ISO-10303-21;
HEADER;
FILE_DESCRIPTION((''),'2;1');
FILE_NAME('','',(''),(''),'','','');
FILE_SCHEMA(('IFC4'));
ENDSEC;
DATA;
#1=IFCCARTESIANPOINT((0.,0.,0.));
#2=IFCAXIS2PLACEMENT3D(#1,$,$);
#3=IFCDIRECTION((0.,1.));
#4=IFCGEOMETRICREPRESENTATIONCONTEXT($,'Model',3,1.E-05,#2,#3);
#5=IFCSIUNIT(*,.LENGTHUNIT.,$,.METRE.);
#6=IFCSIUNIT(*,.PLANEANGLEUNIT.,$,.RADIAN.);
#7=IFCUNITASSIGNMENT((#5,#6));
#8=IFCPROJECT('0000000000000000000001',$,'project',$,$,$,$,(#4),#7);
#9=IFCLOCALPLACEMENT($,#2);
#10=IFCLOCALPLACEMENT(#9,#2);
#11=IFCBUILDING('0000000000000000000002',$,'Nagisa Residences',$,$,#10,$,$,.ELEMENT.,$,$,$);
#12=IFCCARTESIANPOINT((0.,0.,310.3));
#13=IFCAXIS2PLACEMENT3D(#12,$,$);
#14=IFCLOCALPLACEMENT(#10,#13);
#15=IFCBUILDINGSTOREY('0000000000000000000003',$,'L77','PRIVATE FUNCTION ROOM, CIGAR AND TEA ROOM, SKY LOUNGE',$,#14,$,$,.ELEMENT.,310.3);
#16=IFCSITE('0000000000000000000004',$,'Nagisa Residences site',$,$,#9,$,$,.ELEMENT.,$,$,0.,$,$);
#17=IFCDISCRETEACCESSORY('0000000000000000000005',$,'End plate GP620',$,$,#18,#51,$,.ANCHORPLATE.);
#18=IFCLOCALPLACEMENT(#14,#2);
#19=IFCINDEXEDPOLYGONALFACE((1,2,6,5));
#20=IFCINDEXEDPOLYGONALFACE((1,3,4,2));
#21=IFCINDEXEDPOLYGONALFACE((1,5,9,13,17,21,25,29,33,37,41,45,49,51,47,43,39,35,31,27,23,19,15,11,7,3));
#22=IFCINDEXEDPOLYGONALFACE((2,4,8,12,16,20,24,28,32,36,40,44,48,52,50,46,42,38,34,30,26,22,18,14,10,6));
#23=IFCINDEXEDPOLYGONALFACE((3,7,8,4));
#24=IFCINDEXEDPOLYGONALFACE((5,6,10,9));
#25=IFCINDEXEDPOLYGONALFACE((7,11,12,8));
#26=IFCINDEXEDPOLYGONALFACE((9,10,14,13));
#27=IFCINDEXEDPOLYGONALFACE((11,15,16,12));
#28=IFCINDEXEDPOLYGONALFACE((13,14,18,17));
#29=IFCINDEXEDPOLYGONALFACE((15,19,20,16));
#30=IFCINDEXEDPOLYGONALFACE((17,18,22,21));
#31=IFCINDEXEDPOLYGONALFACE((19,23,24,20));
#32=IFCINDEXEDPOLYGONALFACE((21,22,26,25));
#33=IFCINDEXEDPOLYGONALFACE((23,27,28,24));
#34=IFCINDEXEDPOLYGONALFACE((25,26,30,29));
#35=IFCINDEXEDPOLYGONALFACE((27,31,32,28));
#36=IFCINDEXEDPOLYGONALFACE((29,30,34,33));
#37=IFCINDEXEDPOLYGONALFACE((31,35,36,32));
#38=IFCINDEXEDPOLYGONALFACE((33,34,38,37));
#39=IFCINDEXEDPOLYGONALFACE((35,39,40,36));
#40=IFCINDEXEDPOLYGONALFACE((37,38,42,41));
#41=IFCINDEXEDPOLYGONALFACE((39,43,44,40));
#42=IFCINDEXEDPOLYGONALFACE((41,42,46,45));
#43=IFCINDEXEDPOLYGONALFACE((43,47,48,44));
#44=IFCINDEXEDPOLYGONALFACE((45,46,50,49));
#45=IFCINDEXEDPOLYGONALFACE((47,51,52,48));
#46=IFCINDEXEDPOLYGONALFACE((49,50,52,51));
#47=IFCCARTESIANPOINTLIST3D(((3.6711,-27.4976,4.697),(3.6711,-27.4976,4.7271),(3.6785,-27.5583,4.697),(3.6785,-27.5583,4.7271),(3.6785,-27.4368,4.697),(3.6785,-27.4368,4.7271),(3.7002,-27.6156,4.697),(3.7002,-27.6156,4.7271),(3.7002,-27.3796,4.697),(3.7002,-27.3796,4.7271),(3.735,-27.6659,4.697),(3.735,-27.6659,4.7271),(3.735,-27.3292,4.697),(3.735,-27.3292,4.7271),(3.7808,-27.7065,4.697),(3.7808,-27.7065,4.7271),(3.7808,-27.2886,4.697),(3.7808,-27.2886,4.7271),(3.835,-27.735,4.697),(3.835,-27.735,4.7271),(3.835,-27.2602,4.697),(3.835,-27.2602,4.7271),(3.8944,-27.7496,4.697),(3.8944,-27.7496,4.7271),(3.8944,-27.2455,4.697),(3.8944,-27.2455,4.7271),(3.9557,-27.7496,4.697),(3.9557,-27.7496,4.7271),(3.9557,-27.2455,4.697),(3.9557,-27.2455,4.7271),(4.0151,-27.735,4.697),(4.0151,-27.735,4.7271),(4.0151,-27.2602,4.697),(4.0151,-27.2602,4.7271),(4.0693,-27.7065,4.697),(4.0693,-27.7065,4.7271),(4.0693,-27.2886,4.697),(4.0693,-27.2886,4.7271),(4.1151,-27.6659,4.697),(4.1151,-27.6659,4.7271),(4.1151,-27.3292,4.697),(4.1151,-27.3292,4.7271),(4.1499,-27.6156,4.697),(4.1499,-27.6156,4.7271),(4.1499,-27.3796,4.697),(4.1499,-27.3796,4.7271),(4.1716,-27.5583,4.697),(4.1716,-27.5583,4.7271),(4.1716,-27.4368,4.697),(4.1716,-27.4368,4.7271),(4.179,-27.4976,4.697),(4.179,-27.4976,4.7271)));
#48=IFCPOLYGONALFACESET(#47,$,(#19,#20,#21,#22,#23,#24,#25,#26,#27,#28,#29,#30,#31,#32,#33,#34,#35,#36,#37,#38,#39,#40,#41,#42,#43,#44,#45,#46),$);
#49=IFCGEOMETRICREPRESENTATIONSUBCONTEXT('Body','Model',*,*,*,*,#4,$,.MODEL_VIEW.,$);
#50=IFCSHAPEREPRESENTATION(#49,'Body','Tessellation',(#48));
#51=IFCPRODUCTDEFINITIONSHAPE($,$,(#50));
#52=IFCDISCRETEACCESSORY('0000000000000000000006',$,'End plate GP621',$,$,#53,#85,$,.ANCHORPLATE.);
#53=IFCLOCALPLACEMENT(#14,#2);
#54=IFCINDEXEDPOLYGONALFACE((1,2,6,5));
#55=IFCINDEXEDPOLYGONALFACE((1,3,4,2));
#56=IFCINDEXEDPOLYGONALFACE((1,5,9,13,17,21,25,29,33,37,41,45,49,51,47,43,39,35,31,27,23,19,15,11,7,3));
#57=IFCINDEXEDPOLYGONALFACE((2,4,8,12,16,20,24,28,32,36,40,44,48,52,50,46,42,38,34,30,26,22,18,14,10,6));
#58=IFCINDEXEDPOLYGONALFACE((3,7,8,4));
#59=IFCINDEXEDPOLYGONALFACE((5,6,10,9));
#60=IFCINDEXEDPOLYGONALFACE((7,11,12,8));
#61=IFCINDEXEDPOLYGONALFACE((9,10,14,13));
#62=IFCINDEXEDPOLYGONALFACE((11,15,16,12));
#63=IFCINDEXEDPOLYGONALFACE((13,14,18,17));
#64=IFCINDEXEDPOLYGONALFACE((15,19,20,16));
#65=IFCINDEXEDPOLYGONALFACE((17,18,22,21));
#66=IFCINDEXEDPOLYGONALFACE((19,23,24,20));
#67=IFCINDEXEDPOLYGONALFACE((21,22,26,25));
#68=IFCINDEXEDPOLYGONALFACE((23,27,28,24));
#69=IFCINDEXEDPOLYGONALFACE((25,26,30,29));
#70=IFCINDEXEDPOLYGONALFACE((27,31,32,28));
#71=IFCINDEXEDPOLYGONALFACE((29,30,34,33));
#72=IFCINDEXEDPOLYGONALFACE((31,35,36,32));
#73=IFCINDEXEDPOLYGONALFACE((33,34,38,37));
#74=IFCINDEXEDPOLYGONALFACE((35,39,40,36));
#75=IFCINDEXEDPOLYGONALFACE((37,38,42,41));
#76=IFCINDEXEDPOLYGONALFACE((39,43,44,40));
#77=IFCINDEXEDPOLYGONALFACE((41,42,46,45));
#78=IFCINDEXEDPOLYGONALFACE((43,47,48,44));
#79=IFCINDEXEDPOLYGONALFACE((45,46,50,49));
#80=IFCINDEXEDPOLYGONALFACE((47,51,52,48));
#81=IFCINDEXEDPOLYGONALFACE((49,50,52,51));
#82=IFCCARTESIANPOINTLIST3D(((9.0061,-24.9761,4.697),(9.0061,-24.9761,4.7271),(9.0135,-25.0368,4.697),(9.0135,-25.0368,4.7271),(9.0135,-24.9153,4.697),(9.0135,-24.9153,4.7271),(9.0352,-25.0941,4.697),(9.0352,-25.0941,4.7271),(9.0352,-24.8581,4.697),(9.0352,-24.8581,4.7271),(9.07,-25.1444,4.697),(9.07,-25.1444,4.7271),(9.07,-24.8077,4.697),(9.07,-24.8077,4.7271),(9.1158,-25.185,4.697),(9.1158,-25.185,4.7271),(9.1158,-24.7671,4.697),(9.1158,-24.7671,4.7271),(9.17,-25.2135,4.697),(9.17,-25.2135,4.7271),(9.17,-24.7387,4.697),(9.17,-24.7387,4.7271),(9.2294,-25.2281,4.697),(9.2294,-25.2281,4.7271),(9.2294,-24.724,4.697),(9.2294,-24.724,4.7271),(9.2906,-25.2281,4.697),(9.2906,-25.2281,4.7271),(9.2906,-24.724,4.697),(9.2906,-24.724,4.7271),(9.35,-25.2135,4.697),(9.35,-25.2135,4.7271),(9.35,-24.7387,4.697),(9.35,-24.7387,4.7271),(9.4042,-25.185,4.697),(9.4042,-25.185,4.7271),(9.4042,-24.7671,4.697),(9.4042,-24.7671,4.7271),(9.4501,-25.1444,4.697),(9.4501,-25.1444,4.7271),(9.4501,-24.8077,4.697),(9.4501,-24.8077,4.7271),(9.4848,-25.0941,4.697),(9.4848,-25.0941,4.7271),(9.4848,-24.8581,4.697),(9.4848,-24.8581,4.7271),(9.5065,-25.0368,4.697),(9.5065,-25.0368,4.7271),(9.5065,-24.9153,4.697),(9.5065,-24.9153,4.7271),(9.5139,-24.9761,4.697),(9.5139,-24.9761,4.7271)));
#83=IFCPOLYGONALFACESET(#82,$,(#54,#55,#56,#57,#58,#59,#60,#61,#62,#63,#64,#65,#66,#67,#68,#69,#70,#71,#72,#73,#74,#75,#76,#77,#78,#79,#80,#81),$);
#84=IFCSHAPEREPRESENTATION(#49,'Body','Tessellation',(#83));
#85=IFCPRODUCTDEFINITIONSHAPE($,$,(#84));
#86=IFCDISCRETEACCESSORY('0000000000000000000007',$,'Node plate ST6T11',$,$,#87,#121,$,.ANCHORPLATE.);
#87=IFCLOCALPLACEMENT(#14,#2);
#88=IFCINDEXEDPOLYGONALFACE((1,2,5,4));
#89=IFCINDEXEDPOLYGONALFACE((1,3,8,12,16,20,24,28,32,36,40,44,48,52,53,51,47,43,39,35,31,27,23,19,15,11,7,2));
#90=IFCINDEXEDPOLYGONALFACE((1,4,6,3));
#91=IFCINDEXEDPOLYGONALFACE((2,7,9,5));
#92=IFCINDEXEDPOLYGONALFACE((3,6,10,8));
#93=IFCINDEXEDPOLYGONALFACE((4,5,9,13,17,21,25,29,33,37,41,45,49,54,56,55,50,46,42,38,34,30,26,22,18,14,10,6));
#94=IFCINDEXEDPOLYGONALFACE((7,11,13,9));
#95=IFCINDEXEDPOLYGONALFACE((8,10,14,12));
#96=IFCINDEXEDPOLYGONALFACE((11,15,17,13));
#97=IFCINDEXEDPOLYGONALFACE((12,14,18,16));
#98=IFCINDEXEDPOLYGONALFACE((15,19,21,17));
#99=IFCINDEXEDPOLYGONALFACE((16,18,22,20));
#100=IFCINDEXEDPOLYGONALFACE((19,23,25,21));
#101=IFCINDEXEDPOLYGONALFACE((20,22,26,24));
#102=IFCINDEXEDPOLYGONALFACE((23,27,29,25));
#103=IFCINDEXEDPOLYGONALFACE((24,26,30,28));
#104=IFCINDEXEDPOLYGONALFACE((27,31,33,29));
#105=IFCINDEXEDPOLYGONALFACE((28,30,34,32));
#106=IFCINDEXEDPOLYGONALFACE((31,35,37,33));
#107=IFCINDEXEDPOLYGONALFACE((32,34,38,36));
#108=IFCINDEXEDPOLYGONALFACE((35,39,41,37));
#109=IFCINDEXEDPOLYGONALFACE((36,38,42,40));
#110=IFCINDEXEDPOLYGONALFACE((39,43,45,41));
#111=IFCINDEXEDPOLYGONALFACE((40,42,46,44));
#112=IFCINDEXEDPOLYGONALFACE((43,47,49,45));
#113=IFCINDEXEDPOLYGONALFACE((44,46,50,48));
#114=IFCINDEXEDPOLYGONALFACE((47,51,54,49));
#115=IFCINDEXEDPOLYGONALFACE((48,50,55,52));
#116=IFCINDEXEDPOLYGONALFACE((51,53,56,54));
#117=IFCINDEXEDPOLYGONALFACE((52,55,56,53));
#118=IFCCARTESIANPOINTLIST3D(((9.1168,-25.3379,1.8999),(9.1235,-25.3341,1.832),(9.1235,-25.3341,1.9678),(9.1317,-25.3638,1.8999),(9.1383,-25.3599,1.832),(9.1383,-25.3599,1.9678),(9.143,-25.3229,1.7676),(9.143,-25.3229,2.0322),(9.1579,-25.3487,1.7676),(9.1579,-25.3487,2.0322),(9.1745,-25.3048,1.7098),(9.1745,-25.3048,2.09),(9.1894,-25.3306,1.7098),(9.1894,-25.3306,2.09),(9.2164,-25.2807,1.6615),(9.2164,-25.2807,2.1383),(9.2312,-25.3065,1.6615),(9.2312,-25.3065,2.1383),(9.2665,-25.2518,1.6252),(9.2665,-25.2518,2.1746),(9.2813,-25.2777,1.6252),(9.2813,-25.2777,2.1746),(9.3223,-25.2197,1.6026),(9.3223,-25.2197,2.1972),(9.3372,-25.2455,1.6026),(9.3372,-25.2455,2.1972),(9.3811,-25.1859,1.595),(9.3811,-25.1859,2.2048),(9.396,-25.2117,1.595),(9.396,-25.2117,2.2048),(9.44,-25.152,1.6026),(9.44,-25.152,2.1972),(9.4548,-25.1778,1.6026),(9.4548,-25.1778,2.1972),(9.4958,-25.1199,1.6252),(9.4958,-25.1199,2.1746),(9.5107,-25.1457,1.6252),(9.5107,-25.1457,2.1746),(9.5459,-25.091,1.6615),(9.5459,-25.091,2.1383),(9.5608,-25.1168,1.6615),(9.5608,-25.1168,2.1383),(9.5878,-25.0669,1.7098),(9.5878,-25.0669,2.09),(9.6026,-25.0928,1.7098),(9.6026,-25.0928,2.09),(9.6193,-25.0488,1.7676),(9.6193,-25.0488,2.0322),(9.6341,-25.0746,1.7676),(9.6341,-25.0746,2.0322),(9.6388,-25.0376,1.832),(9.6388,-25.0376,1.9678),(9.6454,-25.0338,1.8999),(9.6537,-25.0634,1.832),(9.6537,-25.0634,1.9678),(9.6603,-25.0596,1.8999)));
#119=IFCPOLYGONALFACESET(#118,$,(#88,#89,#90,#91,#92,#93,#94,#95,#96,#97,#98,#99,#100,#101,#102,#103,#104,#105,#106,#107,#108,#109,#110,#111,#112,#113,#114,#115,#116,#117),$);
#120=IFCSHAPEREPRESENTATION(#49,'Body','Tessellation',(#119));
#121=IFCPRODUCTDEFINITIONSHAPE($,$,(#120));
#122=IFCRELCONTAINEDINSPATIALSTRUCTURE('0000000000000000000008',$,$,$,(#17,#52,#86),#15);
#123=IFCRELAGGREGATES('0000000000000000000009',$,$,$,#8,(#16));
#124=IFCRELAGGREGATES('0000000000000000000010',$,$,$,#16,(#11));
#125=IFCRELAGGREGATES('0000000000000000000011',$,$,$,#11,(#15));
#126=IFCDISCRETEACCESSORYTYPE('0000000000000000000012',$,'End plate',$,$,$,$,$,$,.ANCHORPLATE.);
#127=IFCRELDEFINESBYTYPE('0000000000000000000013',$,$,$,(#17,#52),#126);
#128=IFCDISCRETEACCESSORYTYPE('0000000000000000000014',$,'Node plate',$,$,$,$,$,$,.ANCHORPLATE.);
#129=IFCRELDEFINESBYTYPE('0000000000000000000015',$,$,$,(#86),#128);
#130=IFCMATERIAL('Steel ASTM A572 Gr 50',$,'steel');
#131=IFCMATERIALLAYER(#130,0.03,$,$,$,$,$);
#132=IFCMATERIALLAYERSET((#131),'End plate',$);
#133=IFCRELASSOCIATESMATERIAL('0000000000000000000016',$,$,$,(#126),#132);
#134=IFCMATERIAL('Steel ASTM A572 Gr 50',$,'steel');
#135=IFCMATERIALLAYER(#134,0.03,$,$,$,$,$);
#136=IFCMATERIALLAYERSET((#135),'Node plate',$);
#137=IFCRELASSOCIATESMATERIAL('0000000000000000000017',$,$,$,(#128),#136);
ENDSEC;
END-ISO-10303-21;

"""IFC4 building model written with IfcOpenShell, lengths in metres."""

from ifc_helpers import new_model, si_unit, direction, frame, origin, origin_2d, place, context, subcontext, project, spatial, circle, extrude, material, layer, layer_set, type_object, element, save


model = new_model("IFC4")

# Units and contexts
model_context = context("Model", 3, precision=1e-05, world=origin(), true_north=direction((0.0, 1.0)))
body_context = subcontext(model_context, "Body", "Model", "MODEL_VIEW")
ifc_project = project(units=[si_unit("LENGTHUNIT", "METRE"), si_unit("PLANEANGLEUNIT", "RADIAN")], contexts=[model_context])

# Site, building, storey
site_placement = place(None, origin())
site = spatial("IfcSite", under=ifc_project, at=site_placement, Name="Nagisa Residences site", CompositionType="ELEMENT", RefElevation=0.0)
building_placement = place(site_placement, origin())
building = spatial("IfcBuilding", under=site, at=building_placement, Name="Nagisa Residences", CompositionType="ELEMENT")
storey_placement = place(building_placement, frame((0.0, 0.0, 310.3)))
storey = spatial("IfcBuildingStorey", under=building, at=storey_placement, Name="L77", Description="PRIVATE FUNCTION ROOM, CIGAR AND TEA ROOM, SKY LOUNGE", CompositionType="ELEMENT", Elevation=310.3)

# Discrete accessories
ifc_material_1 = material(Name="Steel ASTM A572 Gr 50", Category="steel")
ifc_layer_1 = layer(ifc_material_1, 0.03)
ifc_layer_set_1 = layer_set([ifc_layer_1], Name="End plate")
discrete_accessory_type_1 = type_object("IfcDiscreteAccessoryType", Name="End plate", PredefinedType="ANCHORPLATE", material=ifc_layer_set_1)
for number, where, z_axis, x_axis, name in (
    (1, (3.925, -27.4976, 4.697), (0.0, 0.0, 1.0), (1.0, 0.0, 0.0), "End plate GP620"),
    (2, (9.26, -24.9761, 4.697), (0.0, 0.0, 1.0), (1.0, 0.0, 0.0), "End plate GP621"),
):
    element("IfcDiscreteAccessory", number, at=place(storey_placement, frame(where, z_axis=z_axis, x_axis=x_axis)), inside=storey, type_object=discrete_accessory_type_1, Name=name, PredefinedType="ANCHORPLATE", context=body_context, shape_type="SweptSolid", body=[
        extrude(circle(Radius=0.2539, at=origin_2d()), origin(), (0.0, 0.0, 1.0), 0.03),
    ])
ifc_material_2 = material(Name="Steel ASTM A572 Gr 50", Category="steel")
ifc_layer_2 = layer(ifc_material_2, 0.03)
ifc_layer_set_2 = layer_set([ifc_layer_2], Name="Node plate")
discrete_accessory_type_2 = type_object("IfcDiscreteAccessoryType", Name="Node plate", PredefinedType="ANCHORPLATE", material=ifc_layer_set_2)
discrete_accessory_placement = place(storey_placement, frame((9.396, -25.2117, 1.8999), z_axis=(-0.498778, 0.86673, 0.0), x_axis=(-0.86673, -0.498778, 0.0)))
element("IfcDiscreteAccessory", 3, at=discrete_accessory_placement, inside=storey, type_object=discrete_accessory_type_2, Name="Node plate ST6T11", PredefinedType="ANCHORPLATE", context=body_context, shape_type="SweptSolid", body=[
    extrude(circle(Radius=0.3049, at=origin_2d()), origin(), (0.0, 0.0, 1.0), 0.0298),
])

save(model, "model.ifc")
